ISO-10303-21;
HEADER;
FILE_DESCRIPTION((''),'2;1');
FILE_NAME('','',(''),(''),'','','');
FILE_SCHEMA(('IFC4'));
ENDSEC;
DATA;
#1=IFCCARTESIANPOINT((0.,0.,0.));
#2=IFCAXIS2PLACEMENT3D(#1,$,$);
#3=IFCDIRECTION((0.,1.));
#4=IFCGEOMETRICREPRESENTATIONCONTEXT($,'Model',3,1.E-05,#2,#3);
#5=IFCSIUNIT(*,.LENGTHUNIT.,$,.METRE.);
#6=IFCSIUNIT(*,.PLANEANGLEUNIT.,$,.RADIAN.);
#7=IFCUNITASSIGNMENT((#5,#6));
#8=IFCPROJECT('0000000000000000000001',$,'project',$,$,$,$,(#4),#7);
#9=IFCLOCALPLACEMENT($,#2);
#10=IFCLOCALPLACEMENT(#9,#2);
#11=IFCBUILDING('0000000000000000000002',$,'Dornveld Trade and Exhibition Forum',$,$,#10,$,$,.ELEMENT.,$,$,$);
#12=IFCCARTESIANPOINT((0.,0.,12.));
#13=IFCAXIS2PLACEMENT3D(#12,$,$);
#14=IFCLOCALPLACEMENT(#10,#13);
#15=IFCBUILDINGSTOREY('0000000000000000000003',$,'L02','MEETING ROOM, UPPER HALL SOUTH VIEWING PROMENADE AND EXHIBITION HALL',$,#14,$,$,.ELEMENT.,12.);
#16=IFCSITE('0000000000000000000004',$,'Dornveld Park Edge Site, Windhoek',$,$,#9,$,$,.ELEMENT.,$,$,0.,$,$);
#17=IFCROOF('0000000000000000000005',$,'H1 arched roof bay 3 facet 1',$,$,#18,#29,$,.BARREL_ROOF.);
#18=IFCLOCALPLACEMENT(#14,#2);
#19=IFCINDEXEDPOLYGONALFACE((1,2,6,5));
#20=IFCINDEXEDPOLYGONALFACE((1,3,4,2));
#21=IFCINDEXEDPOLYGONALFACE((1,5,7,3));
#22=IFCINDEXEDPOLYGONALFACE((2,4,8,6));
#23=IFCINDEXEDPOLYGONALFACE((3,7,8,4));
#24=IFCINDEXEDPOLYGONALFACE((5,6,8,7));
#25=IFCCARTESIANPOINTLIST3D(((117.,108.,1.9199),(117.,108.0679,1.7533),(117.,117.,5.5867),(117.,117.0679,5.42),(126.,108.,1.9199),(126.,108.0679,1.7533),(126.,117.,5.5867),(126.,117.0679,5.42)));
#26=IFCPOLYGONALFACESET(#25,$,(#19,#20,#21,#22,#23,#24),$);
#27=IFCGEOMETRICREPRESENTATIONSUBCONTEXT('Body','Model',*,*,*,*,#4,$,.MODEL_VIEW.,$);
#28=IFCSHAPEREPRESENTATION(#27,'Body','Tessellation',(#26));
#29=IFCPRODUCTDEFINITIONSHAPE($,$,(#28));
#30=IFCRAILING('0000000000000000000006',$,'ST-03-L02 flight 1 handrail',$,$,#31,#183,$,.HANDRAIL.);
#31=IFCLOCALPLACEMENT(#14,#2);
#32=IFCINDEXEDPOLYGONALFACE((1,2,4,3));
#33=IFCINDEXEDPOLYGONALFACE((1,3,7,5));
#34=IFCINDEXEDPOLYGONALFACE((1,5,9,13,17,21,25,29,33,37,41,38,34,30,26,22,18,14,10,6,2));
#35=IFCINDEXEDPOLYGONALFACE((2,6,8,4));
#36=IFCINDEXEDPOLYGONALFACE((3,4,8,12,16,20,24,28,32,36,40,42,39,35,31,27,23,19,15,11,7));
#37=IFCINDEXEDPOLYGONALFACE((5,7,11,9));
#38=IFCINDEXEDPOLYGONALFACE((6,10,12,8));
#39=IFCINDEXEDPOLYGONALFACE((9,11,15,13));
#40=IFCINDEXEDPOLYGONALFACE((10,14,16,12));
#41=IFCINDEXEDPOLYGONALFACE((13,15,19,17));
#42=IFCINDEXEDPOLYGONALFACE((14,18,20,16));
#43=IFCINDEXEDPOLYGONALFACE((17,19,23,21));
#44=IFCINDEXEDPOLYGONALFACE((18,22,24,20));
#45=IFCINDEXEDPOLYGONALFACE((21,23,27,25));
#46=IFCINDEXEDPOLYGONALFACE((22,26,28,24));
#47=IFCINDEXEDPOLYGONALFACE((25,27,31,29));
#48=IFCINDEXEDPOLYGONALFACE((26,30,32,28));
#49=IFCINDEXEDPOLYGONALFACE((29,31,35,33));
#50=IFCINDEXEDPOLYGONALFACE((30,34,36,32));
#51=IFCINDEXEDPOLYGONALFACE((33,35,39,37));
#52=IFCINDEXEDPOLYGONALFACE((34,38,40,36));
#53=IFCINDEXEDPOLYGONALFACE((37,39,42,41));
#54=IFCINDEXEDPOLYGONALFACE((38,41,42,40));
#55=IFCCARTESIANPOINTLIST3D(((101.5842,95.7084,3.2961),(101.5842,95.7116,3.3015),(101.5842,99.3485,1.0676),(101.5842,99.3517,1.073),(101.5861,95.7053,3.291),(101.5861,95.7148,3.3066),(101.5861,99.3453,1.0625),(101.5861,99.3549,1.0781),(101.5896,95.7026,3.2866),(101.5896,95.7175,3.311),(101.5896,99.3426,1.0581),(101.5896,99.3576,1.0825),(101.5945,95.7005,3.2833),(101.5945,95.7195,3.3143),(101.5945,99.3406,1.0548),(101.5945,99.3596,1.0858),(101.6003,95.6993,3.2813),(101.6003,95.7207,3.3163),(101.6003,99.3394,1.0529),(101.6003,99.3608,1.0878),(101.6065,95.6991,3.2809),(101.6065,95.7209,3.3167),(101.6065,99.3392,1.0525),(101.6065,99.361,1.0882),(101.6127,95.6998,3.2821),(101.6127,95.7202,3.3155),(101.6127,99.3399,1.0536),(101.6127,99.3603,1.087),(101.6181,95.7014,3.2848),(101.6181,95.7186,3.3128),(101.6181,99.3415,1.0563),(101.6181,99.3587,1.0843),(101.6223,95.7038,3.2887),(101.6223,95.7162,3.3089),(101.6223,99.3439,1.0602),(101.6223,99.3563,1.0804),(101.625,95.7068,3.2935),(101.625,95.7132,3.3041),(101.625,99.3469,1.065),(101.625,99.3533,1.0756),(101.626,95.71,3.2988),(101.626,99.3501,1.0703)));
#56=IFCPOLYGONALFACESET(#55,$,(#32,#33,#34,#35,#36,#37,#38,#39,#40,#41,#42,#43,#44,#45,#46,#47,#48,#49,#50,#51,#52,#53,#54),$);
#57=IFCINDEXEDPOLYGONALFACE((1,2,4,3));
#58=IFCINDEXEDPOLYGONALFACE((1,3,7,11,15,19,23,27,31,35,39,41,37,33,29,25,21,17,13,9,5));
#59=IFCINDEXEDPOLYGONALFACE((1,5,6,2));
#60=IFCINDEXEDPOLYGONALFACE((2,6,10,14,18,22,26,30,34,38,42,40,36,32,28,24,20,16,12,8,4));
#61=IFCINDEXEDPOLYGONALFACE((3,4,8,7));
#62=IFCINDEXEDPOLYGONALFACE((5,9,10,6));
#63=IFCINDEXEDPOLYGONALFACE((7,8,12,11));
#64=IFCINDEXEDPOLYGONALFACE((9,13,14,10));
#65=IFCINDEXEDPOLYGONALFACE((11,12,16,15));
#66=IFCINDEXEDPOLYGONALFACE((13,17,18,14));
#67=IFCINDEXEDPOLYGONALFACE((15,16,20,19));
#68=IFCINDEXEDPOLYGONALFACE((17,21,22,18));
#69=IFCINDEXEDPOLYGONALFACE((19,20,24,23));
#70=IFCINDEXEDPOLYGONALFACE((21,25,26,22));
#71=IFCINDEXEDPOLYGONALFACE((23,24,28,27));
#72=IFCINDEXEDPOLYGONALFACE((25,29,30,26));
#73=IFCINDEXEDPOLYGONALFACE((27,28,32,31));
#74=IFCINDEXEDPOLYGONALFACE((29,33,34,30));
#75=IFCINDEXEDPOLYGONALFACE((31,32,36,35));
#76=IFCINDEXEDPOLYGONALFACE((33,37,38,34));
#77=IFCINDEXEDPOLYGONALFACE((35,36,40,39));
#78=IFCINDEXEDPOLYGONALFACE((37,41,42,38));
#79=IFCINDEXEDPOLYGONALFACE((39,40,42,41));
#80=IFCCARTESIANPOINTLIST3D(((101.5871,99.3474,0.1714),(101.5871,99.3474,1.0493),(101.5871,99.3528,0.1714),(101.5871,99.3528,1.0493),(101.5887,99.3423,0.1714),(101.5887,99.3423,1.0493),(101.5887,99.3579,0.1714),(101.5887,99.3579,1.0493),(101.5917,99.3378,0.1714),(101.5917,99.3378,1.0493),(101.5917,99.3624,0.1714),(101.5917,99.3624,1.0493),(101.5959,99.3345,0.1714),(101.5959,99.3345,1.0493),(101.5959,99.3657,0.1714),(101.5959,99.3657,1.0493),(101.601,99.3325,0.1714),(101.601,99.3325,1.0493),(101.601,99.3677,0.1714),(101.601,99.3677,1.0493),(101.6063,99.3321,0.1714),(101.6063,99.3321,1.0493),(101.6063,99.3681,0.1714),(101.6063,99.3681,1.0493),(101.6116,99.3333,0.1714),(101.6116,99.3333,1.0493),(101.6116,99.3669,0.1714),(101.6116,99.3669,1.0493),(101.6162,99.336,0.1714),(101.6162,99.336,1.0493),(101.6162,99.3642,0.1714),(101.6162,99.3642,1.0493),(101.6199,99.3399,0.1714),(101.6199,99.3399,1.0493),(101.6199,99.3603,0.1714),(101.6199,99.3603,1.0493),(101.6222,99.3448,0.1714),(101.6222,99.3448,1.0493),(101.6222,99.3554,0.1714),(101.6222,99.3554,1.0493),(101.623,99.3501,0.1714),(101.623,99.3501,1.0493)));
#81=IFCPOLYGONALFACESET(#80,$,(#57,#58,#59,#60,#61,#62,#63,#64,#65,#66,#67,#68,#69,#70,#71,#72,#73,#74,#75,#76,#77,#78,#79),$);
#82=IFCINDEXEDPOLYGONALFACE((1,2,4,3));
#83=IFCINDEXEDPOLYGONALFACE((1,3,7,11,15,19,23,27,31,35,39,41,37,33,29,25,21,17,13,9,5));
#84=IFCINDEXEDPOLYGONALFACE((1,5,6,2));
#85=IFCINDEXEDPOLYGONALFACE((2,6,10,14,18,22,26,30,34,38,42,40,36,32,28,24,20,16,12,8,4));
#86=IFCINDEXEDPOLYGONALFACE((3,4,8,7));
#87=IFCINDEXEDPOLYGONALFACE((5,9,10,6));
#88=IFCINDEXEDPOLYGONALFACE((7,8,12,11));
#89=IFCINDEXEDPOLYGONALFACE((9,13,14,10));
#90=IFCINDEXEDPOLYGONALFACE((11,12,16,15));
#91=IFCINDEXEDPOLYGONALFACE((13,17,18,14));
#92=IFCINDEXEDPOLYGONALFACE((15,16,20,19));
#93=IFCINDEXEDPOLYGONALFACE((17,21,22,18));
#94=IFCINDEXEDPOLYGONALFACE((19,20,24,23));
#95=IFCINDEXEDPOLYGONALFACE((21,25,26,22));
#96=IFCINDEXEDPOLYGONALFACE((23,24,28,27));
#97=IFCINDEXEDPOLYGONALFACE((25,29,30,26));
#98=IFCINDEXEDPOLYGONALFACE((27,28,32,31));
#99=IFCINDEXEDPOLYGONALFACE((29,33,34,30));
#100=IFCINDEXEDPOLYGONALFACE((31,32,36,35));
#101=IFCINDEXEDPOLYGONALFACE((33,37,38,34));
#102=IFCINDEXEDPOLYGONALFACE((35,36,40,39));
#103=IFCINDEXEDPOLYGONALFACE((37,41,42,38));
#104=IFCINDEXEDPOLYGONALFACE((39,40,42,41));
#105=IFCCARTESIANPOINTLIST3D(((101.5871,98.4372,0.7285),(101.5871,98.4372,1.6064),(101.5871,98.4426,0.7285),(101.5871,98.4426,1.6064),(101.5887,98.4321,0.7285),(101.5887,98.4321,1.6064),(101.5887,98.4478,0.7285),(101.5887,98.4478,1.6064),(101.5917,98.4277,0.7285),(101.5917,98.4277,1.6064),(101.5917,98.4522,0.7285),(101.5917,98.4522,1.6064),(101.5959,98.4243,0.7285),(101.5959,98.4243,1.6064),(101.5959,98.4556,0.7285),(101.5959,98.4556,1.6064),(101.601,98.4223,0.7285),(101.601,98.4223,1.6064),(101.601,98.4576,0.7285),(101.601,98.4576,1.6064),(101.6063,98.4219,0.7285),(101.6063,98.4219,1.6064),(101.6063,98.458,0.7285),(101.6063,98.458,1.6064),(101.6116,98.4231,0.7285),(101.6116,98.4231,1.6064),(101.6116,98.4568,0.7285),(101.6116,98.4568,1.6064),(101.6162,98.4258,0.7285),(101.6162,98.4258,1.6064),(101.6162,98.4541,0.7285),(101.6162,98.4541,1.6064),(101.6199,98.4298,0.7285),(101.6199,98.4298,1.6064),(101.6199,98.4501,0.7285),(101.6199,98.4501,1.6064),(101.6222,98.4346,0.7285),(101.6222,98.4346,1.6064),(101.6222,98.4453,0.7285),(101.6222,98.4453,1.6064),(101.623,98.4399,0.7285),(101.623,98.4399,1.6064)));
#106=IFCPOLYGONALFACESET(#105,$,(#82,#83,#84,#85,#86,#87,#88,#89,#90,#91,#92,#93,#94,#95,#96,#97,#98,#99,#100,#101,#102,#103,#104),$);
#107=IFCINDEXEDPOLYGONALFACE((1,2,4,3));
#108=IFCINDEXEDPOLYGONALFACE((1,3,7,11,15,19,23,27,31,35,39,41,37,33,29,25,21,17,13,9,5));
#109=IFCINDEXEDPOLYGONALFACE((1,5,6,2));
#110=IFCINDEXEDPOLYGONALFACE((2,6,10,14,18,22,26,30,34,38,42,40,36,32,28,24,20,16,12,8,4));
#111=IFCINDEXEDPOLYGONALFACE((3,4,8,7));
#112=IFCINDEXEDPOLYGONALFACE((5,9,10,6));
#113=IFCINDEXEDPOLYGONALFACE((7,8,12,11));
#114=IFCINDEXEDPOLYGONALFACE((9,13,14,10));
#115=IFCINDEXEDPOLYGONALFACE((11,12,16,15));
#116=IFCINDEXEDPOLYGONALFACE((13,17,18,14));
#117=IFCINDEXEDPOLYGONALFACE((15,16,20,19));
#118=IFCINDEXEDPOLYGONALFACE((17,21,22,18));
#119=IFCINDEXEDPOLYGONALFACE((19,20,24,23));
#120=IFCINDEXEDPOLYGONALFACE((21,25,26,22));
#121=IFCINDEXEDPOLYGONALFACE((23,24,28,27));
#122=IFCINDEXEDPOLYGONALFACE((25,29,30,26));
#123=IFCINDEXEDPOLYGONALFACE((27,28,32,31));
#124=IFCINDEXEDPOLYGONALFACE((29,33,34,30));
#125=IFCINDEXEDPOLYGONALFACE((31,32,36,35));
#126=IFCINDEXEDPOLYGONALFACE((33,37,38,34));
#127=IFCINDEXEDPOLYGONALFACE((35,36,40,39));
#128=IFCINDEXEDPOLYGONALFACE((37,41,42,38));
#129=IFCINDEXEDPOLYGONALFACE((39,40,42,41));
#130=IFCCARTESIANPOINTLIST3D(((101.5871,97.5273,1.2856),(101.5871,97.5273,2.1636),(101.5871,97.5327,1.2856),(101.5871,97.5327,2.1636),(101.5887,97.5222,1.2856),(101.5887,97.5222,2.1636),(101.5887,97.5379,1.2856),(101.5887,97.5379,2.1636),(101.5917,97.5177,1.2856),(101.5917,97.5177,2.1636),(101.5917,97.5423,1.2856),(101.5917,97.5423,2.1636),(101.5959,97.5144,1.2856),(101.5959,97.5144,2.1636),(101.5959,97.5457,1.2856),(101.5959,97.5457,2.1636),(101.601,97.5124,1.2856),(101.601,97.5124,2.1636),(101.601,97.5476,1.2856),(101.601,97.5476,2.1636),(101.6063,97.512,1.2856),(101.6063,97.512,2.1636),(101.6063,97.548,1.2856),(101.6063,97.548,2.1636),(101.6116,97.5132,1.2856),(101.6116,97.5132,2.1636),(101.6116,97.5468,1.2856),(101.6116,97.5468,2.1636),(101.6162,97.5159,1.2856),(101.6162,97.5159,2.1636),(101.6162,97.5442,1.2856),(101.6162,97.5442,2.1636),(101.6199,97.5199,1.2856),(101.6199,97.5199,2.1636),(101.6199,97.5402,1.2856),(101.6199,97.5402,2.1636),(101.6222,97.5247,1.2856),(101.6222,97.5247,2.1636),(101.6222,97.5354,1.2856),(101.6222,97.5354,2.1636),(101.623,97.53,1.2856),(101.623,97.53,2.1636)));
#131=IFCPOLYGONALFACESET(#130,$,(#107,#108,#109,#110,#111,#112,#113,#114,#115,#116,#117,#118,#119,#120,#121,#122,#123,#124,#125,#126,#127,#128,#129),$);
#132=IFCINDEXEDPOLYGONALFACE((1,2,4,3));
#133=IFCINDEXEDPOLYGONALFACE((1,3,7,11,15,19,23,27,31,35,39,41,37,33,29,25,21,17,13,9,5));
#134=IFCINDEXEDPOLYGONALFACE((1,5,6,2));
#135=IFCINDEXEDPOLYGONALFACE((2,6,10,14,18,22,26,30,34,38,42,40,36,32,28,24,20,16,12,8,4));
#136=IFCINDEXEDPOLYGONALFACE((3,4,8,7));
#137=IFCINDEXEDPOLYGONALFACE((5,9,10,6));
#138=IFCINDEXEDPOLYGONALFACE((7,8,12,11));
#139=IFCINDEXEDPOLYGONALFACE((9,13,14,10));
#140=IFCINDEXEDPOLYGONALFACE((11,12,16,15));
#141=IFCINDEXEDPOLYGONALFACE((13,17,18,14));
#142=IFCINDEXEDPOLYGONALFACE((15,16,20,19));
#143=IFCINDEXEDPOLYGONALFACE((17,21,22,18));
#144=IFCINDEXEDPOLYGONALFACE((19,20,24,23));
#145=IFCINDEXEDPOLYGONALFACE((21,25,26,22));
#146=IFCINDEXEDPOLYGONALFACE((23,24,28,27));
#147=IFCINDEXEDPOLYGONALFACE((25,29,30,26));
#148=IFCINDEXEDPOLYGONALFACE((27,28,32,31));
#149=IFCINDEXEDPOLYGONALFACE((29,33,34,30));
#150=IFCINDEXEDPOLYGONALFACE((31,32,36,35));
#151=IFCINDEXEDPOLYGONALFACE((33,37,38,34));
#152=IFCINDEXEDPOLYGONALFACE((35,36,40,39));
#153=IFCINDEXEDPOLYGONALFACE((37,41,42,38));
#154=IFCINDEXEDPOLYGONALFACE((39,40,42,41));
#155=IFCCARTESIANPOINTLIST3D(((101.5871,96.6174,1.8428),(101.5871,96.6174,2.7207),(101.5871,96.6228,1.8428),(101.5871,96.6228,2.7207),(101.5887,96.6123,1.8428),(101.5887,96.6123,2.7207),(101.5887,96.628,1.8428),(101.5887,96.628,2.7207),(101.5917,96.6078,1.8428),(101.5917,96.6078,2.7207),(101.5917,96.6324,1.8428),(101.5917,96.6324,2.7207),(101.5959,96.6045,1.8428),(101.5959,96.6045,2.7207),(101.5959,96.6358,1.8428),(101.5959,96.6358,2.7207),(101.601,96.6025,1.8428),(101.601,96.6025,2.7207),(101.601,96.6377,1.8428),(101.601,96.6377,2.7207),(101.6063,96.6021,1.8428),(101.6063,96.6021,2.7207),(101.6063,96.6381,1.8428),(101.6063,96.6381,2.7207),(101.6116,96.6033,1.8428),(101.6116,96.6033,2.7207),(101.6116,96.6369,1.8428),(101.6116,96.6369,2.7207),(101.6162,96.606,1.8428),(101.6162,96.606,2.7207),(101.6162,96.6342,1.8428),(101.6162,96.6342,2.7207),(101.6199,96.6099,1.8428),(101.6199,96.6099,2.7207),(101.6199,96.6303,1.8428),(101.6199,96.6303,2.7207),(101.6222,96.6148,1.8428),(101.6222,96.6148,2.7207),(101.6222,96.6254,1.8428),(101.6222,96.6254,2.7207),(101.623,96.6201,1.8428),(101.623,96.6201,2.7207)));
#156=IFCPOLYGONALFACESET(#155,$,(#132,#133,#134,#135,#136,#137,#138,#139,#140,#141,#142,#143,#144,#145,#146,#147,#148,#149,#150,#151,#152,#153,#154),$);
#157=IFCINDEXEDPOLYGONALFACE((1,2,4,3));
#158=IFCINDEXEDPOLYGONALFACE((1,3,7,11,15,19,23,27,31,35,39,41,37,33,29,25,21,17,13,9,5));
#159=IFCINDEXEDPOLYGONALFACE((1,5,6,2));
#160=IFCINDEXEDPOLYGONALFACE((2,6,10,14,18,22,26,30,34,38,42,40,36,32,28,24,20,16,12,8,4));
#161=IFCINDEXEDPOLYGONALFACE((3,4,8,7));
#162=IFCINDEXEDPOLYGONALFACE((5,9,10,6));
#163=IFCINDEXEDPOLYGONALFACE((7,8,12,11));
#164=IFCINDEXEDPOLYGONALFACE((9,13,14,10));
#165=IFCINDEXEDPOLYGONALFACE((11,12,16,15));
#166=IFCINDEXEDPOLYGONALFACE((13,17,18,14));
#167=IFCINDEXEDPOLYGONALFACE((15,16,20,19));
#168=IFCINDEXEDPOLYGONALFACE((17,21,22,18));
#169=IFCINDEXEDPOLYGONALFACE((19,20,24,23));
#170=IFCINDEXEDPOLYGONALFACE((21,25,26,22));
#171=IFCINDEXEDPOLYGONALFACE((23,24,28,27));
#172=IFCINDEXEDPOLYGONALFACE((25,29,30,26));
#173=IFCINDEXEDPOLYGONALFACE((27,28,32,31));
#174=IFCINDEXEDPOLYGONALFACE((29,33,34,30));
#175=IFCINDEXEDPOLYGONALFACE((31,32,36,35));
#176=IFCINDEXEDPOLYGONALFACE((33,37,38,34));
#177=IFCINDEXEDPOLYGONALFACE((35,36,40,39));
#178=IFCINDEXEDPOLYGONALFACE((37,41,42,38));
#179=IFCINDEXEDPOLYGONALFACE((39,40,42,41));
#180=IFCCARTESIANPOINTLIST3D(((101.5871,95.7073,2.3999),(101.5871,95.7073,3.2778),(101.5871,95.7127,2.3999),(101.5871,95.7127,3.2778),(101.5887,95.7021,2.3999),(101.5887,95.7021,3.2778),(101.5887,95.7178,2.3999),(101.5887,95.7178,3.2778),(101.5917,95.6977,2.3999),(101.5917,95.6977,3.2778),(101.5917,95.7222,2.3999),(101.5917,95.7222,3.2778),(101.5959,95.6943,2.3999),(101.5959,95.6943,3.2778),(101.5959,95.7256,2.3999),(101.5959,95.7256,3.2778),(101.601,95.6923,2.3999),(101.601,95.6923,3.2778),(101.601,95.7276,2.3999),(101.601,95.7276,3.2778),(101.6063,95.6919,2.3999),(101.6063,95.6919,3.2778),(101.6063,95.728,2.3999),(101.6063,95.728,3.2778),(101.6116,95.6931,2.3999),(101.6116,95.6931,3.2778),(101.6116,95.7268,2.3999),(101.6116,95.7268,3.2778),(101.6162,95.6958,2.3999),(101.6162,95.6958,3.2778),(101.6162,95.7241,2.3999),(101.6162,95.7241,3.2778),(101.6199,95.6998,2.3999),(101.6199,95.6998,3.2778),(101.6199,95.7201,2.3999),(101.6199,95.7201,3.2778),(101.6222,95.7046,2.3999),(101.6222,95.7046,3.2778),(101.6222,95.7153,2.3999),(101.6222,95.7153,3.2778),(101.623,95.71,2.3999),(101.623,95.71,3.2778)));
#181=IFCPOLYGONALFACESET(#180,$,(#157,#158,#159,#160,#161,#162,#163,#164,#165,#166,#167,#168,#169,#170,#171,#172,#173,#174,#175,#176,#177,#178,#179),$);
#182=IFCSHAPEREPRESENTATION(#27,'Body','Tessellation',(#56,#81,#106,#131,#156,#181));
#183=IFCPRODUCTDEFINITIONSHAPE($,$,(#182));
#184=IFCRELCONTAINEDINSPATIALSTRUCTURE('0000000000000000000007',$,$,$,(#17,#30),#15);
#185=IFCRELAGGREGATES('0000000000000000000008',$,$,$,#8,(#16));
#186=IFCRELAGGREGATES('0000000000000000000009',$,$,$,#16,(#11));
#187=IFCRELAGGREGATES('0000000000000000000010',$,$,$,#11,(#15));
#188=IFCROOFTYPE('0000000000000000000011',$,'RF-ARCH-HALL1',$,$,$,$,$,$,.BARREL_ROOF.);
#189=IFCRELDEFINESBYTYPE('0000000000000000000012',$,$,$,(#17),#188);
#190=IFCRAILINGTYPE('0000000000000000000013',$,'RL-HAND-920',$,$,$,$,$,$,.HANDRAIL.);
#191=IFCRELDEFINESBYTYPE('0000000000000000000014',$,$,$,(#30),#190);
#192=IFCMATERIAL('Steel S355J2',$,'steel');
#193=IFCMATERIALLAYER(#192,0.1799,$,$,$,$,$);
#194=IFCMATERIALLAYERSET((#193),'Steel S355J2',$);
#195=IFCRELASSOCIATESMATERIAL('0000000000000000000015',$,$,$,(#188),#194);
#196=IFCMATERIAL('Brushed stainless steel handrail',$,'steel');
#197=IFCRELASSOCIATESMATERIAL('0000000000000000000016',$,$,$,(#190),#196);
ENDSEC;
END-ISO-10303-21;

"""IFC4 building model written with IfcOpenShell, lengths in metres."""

from ifc_helpers import new_model, si_unit, direction, frame, origin, origin_2d, place, context, subcontext, project, spatial, polyline, circle, outline, extrude, material, layer, layer_set, type_object, element, save


model = new_model("IFC4")

# Units and contexts
model_context = context("Model", 3, precision=1e-05, world=origin(), true_north=direction((0.0, 1.0)))
body_context = subcontext(model_context, "Body", "Model", "MODEL_VIEW")
ifc_project = project(units=[si_unit("LENGTHUNIT", "METRE"), si_unit("PLANEANGLEUNIT", "RADIAN")], contexts=[model_context])

# Site, building, storey
site_placement = place(None, origin())
site = spatial("IfcSite", under=ifc_project, at=site_placement, Name="Dornveld Park Edge Site, Windhoek", CompositionType="ELEMENT", RefElevation=0.0)
building_placement = place(site_placement, origin())
building = spatial("IfcBuilding", under=site, at=building_placement, Name="Dornveld Trade and Exhibition Forum", CompositionType="ELEMENT")
storey_placement = place(building_placement, frame((0.0, 0.0, 12.0)))
storey = spatial("IfcBuildingStorey", under=building, at=storey_placement, Name="L02", Description="MEETING ROOM, UPPER HALL SOUTH VIEWING PROMENADE AND EXHIBITION HALL", CompositionType="ELEMENT", Elevation=12.0)

# Roof
ifc_material_1 = material(Name="Steel S355J2", Category="steel")
ifc_layer_1 = layer(ifc_material_1, 0.1799)
ifc_layer_set_1 = layer_set([ifc_layer_1], Name="Steel S355J2")
roof_type = type_object("IfcRoofType", Name="RF-ARCH-HALL1", PredefinedType="BARREL_ROOF", material=ifc_layer_set_1)
for number, where, z_axis, x_axis, name in (
    (1, (117.0, 108.0, 1.9199), (0.0, -0.377304, 0.926089), (1.0, 0.0, 0.0), "H1 arched roof bay 3 facet 1"),
):
    element("IfcRoof", number, at=place(storey_placement, frame(where, z_axis=z_axis, x_axis=x_axis)), inside=storey, type_object=roof_type, Name=name, PredefinedType="BARREL_ROOF", context=body_context, shape_type="SweptSolid", body=[
        extrude(outline(polyline([(0.0, 0.0), (9.0, 0.0), (9.0, 9.7183), (0.0, 9.7183), (0.0, 0.0)])), origin(), (0.0, 0.0, -1.0), 0.1799),
    ])

# Railing
ifc_material_2 = material(Name="Brushed stainless steel handrail", Category="steel")
railing_type_1 = type_object("IfcRailingType", Name="RL-HAND-920", PredefinedType="HANDRAIL", material=ifc_material_2)
railing_1_placement = place(storey_placement, frame((101.605, 99.3501, 0.1714)))
element("IfcRailing", 2, at=railing_1_placement, inside=storey, type_object=railing_type_1, Name="ST-03-L02 flight 1 handrail", PredefinedType="HANDRAIL", context=body_context, shape_type="SweptSolid", body=[
    extrude(circle(Radius=0.021, at=origin_2d()), frame((0.0, 0.0, 0.8989), z_axis=(0.0, -0.852866, 0.52213), x_axis=(1.0, 0.0, 0.0)), (0.0, 0.0, 1.0), 4.2681),
    extrude(circle(Radius=0.0181, at=origin_2d()), origin(), (0.0, 0.0, 1.0), 0.8779),
    extrude(circle(Radius=0.0181, at=origin_2d()), frame((0.0, -0.9102, 0.5571)), (0.0, 0.0, 1.0), 0.8779),
    extrude(circle(Radius=0.0181, at=origin_2d()), frame((0.0, -1.8201, 1.1143)), (0.0, 0.0, 1.0), 0.8779),
    extrude(circle(Radius=0.0181, at=origin_2d()), frame((0.0, -2.73, 1.6714)), (0.0, 0.0, 1.0), 0.8779),
    extrude(circle(Radius=0.0181, at=origin_2d()), frame((0.0, -3.6401, 2.2285)), (0.0, 0.0, 1.0), 0.8779),
])

save(model, "model.ifc")
